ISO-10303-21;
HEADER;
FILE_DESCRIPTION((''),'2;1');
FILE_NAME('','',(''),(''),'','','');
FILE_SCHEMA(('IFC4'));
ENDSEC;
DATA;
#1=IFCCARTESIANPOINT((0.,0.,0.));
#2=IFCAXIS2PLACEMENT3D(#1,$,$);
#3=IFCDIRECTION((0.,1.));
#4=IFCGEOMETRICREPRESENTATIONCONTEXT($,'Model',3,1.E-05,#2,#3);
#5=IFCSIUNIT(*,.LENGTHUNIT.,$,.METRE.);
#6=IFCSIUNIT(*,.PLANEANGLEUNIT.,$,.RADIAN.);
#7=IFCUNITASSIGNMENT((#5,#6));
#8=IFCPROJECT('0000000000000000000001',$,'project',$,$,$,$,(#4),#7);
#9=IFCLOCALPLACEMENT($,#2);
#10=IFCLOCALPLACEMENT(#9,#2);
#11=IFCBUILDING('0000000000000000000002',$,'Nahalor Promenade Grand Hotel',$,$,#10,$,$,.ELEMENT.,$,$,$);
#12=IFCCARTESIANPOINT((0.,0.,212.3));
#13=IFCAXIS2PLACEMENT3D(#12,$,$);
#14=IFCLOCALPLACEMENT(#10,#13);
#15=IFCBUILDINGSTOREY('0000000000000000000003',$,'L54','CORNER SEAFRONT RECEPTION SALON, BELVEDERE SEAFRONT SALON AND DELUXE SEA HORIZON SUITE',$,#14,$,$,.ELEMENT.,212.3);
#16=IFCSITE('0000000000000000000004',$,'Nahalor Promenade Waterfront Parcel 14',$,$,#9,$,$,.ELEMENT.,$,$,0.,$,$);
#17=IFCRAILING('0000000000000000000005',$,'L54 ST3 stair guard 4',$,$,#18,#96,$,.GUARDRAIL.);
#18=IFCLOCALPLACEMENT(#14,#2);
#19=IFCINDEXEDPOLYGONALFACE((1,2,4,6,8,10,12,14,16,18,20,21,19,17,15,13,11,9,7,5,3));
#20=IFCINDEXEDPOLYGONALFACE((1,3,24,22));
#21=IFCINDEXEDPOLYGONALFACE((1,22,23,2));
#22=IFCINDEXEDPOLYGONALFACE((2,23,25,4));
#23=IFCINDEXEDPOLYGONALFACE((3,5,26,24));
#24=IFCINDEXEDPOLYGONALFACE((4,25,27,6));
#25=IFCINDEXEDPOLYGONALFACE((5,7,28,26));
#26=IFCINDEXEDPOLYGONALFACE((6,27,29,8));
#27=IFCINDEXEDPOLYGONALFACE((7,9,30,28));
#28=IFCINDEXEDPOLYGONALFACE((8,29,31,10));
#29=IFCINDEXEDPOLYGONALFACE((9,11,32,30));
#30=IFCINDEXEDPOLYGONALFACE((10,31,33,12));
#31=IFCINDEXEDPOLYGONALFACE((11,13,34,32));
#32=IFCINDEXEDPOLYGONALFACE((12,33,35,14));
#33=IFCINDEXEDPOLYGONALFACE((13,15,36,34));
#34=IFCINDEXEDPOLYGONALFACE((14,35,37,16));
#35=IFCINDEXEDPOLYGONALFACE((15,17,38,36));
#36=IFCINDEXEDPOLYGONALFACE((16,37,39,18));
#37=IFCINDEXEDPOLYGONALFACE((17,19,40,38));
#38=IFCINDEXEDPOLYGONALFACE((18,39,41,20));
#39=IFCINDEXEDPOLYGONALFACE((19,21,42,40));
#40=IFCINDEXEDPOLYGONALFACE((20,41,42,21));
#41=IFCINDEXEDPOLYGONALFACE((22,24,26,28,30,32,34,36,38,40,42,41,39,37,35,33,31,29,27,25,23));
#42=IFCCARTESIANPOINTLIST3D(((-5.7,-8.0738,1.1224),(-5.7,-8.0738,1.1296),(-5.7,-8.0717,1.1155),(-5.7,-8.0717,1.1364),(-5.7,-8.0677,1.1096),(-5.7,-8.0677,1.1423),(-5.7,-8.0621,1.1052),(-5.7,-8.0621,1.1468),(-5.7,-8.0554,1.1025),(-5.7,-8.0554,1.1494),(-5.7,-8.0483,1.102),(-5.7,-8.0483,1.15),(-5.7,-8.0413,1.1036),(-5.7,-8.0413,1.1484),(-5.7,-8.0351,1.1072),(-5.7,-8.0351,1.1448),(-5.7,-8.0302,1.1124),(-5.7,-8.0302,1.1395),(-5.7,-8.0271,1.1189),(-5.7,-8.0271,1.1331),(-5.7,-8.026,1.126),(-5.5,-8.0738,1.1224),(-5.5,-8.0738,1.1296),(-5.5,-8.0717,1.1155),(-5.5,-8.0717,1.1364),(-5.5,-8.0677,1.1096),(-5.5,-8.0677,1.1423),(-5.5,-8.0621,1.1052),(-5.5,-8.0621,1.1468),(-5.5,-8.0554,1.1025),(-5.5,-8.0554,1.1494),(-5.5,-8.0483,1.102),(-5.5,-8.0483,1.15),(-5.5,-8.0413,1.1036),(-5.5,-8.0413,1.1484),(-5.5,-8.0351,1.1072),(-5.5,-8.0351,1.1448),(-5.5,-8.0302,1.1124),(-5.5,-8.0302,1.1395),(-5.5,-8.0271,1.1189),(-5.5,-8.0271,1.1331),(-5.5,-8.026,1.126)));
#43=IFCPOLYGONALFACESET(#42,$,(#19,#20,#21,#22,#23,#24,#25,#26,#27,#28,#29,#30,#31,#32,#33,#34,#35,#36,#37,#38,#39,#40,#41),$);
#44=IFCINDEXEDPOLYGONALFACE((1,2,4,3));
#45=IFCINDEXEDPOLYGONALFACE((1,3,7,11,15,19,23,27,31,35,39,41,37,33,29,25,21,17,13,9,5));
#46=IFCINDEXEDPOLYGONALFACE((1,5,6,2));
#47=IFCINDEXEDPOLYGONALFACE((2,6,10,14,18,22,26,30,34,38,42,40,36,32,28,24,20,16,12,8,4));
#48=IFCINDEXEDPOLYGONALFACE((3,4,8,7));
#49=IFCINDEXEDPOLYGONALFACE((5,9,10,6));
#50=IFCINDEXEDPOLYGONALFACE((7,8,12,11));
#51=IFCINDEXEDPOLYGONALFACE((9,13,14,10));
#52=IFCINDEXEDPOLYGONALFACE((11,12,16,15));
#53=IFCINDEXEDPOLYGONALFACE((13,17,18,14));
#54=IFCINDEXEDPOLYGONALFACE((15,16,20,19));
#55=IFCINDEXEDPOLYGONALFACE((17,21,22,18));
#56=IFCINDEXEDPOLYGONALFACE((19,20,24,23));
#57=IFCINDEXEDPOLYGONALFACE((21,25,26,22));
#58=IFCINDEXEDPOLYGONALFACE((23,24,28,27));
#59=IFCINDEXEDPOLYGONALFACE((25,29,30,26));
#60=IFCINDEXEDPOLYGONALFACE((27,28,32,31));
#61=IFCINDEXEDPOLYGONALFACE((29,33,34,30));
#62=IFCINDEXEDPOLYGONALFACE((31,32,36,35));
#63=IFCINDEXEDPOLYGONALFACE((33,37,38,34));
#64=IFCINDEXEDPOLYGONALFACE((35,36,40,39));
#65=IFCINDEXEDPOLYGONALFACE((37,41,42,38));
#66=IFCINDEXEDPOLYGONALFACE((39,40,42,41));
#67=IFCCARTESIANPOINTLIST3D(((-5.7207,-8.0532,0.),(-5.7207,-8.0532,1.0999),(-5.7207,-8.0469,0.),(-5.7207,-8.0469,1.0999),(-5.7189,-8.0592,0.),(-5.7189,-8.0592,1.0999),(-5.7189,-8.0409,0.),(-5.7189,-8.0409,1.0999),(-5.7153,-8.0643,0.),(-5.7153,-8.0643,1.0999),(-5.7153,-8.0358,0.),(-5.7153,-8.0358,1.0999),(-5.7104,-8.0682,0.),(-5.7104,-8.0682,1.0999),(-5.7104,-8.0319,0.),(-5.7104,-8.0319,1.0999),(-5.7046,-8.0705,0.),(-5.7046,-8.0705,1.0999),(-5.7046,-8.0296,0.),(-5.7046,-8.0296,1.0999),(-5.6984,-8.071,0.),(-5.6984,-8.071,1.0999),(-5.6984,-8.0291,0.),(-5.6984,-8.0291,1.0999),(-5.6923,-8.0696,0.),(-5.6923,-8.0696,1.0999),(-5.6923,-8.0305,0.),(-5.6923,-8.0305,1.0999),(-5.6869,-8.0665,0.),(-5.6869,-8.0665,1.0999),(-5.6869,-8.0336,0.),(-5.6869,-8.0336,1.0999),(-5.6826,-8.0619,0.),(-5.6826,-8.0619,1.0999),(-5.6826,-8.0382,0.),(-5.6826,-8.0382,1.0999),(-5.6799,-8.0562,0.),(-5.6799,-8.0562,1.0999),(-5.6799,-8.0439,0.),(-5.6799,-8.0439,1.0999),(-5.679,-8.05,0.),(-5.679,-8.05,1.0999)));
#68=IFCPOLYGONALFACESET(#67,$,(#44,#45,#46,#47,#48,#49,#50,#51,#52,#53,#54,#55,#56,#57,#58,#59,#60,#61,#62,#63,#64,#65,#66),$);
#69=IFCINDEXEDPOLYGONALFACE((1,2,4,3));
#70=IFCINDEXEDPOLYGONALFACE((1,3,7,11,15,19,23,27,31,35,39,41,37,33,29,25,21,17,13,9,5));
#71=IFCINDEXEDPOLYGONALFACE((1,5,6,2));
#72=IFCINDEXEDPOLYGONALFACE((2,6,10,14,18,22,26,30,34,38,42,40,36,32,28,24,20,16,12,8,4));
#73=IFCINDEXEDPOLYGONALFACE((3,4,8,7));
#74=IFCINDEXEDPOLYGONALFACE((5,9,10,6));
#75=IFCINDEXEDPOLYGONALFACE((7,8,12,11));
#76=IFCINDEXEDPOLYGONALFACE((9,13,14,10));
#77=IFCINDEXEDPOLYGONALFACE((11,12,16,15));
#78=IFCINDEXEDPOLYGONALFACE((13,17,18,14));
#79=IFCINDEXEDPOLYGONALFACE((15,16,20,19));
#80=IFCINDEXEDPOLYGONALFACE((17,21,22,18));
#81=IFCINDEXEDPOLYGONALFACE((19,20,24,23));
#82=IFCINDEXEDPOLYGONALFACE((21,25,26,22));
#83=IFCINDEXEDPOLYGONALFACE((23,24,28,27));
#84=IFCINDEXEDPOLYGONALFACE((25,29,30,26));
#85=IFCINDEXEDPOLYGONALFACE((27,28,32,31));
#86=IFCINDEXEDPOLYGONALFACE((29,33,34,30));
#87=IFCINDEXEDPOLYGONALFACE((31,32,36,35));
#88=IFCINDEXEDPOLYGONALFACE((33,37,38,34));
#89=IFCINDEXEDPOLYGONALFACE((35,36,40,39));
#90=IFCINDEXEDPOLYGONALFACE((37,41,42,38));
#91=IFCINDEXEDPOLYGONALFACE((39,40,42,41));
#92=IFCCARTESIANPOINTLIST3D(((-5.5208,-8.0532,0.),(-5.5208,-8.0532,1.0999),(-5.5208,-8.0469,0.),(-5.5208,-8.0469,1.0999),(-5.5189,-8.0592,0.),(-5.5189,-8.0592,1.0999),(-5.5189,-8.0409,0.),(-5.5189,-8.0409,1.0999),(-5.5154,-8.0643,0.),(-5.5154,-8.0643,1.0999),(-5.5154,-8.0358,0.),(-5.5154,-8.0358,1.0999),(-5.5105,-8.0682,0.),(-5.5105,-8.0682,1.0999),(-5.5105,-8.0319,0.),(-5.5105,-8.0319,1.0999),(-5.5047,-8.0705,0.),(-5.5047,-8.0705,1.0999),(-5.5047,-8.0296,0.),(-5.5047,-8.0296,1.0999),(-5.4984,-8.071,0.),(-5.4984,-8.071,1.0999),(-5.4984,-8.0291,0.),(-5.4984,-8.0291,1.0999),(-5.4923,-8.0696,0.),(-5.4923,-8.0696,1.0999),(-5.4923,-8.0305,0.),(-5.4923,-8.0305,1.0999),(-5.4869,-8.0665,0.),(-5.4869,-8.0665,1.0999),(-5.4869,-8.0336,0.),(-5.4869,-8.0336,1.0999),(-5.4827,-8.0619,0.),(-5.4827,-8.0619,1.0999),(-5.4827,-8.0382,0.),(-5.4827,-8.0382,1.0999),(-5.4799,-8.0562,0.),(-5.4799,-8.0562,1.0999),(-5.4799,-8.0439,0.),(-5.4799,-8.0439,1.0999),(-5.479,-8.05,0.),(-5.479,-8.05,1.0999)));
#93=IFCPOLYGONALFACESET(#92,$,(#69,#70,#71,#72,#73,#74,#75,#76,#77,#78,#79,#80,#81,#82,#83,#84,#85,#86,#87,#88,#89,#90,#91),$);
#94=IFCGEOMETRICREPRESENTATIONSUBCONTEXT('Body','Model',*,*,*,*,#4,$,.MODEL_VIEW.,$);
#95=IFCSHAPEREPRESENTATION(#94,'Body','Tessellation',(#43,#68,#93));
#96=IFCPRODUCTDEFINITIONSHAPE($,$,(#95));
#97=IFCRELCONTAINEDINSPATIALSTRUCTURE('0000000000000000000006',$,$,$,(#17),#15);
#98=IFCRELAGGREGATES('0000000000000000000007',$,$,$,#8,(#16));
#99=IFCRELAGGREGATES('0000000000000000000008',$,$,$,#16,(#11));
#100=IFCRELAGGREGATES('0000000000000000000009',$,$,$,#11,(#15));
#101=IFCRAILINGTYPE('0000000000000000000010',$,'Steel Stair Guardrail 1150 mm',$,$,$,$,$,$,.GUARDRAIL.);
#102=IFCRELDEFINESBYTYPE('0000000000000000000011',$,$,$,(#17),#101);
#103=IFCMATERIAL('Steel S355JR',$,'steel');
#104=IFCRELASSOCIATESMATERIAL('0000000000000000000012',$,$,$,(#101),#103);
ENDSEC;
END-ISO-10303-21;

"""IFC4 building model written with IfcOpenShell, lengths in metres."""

from ifc_helpers import new_model, si_unit, direction, frame, origin, origin_2d, place, context, subcontext, project, spatial, circle, extrude, material, type_object, element, save


model = new_model("IFC4")

# Units and contexts
model_context = context("Model", 3, precision=1e-05, world=origin(), true_north=direction((0.0, 1.0)))
body_context = subcontext(model_context, "Body", "Model", "MODEL_VIEW")
ifc_project = project(units=[si_unit("LENGTHUNIT", "METRE"), si_unit("PLANEANGLEUNIT", "RADIAN")], contexts=[model_context])

# Site, building, storey
site_placement = place(None, origin())
site = spatial("IfcSite", under=ifc_project, at=site_placement, Name="Nahalor Promenade Waterfront Parcel 14", CompositionType="ELEMENT", RefElevation=0.0)
building_placement = place(site_placement, origin())
building = spatial("IfcBuilding", under=site, at=building_placement, Name="Nahalor Promenade Grand Hotel", CompositionType="ELEMENT")
storey_placement = place(building_placement, frame((0.0, 0.0, 212.3)))
storey = spatial("IfcBuildingStorey", under=building, at=storey_placement, Name="L54", Description="CORNER SEAFRONT RECEPTION SALON, BELVEDERE SEAFRONT SALON AND DELUXE SEA HORIZON SUITE", CompositionType="ELEMENT", Elevation=212.3)

# Shared definitions
ifc_material_1 = material(Name="Steel S355JR", Category="steel")

# Railing
railing_type_1 = type_object("IfcRailingType", Name="Steel Stair Guardrail 1150 mm", PredefinedType="GUARDRAIL", material=ifc_material_1)
railing_1_placement = place(storey_placement, frame((-5.7, -8.05, 0.0)))
element("IfcRailing", 1, at=railing_1_placement, inside=storey, type_object=railing_type_1, Name="L54 ST3 stair guard 4", PredefinedType="GUARDRAIL", context=body_context, shape_type="SweptSolid", body=[
    extrude(circle(Radius=0.024, at=origin_2d()), frame((0.0, 0.0, 1.126), z_axis=(1.0, 0.0, 0.0), x_axis=(0.0, 1.0, 0.0)), (0.0, 0.0, 1.0), 0.2),
    extrude(circle(Radius=0.021, at=origin_2d()), origin(), (0.0, 0.0, 1.0), 1.0999),
    extrude(circle(Radius=0.021, at=origin_2d()), frame((0.2, 0.0, 0.0)), (0.0, 0.0, 1.0), 1.0999),
])

save(model, "model.ifc")
